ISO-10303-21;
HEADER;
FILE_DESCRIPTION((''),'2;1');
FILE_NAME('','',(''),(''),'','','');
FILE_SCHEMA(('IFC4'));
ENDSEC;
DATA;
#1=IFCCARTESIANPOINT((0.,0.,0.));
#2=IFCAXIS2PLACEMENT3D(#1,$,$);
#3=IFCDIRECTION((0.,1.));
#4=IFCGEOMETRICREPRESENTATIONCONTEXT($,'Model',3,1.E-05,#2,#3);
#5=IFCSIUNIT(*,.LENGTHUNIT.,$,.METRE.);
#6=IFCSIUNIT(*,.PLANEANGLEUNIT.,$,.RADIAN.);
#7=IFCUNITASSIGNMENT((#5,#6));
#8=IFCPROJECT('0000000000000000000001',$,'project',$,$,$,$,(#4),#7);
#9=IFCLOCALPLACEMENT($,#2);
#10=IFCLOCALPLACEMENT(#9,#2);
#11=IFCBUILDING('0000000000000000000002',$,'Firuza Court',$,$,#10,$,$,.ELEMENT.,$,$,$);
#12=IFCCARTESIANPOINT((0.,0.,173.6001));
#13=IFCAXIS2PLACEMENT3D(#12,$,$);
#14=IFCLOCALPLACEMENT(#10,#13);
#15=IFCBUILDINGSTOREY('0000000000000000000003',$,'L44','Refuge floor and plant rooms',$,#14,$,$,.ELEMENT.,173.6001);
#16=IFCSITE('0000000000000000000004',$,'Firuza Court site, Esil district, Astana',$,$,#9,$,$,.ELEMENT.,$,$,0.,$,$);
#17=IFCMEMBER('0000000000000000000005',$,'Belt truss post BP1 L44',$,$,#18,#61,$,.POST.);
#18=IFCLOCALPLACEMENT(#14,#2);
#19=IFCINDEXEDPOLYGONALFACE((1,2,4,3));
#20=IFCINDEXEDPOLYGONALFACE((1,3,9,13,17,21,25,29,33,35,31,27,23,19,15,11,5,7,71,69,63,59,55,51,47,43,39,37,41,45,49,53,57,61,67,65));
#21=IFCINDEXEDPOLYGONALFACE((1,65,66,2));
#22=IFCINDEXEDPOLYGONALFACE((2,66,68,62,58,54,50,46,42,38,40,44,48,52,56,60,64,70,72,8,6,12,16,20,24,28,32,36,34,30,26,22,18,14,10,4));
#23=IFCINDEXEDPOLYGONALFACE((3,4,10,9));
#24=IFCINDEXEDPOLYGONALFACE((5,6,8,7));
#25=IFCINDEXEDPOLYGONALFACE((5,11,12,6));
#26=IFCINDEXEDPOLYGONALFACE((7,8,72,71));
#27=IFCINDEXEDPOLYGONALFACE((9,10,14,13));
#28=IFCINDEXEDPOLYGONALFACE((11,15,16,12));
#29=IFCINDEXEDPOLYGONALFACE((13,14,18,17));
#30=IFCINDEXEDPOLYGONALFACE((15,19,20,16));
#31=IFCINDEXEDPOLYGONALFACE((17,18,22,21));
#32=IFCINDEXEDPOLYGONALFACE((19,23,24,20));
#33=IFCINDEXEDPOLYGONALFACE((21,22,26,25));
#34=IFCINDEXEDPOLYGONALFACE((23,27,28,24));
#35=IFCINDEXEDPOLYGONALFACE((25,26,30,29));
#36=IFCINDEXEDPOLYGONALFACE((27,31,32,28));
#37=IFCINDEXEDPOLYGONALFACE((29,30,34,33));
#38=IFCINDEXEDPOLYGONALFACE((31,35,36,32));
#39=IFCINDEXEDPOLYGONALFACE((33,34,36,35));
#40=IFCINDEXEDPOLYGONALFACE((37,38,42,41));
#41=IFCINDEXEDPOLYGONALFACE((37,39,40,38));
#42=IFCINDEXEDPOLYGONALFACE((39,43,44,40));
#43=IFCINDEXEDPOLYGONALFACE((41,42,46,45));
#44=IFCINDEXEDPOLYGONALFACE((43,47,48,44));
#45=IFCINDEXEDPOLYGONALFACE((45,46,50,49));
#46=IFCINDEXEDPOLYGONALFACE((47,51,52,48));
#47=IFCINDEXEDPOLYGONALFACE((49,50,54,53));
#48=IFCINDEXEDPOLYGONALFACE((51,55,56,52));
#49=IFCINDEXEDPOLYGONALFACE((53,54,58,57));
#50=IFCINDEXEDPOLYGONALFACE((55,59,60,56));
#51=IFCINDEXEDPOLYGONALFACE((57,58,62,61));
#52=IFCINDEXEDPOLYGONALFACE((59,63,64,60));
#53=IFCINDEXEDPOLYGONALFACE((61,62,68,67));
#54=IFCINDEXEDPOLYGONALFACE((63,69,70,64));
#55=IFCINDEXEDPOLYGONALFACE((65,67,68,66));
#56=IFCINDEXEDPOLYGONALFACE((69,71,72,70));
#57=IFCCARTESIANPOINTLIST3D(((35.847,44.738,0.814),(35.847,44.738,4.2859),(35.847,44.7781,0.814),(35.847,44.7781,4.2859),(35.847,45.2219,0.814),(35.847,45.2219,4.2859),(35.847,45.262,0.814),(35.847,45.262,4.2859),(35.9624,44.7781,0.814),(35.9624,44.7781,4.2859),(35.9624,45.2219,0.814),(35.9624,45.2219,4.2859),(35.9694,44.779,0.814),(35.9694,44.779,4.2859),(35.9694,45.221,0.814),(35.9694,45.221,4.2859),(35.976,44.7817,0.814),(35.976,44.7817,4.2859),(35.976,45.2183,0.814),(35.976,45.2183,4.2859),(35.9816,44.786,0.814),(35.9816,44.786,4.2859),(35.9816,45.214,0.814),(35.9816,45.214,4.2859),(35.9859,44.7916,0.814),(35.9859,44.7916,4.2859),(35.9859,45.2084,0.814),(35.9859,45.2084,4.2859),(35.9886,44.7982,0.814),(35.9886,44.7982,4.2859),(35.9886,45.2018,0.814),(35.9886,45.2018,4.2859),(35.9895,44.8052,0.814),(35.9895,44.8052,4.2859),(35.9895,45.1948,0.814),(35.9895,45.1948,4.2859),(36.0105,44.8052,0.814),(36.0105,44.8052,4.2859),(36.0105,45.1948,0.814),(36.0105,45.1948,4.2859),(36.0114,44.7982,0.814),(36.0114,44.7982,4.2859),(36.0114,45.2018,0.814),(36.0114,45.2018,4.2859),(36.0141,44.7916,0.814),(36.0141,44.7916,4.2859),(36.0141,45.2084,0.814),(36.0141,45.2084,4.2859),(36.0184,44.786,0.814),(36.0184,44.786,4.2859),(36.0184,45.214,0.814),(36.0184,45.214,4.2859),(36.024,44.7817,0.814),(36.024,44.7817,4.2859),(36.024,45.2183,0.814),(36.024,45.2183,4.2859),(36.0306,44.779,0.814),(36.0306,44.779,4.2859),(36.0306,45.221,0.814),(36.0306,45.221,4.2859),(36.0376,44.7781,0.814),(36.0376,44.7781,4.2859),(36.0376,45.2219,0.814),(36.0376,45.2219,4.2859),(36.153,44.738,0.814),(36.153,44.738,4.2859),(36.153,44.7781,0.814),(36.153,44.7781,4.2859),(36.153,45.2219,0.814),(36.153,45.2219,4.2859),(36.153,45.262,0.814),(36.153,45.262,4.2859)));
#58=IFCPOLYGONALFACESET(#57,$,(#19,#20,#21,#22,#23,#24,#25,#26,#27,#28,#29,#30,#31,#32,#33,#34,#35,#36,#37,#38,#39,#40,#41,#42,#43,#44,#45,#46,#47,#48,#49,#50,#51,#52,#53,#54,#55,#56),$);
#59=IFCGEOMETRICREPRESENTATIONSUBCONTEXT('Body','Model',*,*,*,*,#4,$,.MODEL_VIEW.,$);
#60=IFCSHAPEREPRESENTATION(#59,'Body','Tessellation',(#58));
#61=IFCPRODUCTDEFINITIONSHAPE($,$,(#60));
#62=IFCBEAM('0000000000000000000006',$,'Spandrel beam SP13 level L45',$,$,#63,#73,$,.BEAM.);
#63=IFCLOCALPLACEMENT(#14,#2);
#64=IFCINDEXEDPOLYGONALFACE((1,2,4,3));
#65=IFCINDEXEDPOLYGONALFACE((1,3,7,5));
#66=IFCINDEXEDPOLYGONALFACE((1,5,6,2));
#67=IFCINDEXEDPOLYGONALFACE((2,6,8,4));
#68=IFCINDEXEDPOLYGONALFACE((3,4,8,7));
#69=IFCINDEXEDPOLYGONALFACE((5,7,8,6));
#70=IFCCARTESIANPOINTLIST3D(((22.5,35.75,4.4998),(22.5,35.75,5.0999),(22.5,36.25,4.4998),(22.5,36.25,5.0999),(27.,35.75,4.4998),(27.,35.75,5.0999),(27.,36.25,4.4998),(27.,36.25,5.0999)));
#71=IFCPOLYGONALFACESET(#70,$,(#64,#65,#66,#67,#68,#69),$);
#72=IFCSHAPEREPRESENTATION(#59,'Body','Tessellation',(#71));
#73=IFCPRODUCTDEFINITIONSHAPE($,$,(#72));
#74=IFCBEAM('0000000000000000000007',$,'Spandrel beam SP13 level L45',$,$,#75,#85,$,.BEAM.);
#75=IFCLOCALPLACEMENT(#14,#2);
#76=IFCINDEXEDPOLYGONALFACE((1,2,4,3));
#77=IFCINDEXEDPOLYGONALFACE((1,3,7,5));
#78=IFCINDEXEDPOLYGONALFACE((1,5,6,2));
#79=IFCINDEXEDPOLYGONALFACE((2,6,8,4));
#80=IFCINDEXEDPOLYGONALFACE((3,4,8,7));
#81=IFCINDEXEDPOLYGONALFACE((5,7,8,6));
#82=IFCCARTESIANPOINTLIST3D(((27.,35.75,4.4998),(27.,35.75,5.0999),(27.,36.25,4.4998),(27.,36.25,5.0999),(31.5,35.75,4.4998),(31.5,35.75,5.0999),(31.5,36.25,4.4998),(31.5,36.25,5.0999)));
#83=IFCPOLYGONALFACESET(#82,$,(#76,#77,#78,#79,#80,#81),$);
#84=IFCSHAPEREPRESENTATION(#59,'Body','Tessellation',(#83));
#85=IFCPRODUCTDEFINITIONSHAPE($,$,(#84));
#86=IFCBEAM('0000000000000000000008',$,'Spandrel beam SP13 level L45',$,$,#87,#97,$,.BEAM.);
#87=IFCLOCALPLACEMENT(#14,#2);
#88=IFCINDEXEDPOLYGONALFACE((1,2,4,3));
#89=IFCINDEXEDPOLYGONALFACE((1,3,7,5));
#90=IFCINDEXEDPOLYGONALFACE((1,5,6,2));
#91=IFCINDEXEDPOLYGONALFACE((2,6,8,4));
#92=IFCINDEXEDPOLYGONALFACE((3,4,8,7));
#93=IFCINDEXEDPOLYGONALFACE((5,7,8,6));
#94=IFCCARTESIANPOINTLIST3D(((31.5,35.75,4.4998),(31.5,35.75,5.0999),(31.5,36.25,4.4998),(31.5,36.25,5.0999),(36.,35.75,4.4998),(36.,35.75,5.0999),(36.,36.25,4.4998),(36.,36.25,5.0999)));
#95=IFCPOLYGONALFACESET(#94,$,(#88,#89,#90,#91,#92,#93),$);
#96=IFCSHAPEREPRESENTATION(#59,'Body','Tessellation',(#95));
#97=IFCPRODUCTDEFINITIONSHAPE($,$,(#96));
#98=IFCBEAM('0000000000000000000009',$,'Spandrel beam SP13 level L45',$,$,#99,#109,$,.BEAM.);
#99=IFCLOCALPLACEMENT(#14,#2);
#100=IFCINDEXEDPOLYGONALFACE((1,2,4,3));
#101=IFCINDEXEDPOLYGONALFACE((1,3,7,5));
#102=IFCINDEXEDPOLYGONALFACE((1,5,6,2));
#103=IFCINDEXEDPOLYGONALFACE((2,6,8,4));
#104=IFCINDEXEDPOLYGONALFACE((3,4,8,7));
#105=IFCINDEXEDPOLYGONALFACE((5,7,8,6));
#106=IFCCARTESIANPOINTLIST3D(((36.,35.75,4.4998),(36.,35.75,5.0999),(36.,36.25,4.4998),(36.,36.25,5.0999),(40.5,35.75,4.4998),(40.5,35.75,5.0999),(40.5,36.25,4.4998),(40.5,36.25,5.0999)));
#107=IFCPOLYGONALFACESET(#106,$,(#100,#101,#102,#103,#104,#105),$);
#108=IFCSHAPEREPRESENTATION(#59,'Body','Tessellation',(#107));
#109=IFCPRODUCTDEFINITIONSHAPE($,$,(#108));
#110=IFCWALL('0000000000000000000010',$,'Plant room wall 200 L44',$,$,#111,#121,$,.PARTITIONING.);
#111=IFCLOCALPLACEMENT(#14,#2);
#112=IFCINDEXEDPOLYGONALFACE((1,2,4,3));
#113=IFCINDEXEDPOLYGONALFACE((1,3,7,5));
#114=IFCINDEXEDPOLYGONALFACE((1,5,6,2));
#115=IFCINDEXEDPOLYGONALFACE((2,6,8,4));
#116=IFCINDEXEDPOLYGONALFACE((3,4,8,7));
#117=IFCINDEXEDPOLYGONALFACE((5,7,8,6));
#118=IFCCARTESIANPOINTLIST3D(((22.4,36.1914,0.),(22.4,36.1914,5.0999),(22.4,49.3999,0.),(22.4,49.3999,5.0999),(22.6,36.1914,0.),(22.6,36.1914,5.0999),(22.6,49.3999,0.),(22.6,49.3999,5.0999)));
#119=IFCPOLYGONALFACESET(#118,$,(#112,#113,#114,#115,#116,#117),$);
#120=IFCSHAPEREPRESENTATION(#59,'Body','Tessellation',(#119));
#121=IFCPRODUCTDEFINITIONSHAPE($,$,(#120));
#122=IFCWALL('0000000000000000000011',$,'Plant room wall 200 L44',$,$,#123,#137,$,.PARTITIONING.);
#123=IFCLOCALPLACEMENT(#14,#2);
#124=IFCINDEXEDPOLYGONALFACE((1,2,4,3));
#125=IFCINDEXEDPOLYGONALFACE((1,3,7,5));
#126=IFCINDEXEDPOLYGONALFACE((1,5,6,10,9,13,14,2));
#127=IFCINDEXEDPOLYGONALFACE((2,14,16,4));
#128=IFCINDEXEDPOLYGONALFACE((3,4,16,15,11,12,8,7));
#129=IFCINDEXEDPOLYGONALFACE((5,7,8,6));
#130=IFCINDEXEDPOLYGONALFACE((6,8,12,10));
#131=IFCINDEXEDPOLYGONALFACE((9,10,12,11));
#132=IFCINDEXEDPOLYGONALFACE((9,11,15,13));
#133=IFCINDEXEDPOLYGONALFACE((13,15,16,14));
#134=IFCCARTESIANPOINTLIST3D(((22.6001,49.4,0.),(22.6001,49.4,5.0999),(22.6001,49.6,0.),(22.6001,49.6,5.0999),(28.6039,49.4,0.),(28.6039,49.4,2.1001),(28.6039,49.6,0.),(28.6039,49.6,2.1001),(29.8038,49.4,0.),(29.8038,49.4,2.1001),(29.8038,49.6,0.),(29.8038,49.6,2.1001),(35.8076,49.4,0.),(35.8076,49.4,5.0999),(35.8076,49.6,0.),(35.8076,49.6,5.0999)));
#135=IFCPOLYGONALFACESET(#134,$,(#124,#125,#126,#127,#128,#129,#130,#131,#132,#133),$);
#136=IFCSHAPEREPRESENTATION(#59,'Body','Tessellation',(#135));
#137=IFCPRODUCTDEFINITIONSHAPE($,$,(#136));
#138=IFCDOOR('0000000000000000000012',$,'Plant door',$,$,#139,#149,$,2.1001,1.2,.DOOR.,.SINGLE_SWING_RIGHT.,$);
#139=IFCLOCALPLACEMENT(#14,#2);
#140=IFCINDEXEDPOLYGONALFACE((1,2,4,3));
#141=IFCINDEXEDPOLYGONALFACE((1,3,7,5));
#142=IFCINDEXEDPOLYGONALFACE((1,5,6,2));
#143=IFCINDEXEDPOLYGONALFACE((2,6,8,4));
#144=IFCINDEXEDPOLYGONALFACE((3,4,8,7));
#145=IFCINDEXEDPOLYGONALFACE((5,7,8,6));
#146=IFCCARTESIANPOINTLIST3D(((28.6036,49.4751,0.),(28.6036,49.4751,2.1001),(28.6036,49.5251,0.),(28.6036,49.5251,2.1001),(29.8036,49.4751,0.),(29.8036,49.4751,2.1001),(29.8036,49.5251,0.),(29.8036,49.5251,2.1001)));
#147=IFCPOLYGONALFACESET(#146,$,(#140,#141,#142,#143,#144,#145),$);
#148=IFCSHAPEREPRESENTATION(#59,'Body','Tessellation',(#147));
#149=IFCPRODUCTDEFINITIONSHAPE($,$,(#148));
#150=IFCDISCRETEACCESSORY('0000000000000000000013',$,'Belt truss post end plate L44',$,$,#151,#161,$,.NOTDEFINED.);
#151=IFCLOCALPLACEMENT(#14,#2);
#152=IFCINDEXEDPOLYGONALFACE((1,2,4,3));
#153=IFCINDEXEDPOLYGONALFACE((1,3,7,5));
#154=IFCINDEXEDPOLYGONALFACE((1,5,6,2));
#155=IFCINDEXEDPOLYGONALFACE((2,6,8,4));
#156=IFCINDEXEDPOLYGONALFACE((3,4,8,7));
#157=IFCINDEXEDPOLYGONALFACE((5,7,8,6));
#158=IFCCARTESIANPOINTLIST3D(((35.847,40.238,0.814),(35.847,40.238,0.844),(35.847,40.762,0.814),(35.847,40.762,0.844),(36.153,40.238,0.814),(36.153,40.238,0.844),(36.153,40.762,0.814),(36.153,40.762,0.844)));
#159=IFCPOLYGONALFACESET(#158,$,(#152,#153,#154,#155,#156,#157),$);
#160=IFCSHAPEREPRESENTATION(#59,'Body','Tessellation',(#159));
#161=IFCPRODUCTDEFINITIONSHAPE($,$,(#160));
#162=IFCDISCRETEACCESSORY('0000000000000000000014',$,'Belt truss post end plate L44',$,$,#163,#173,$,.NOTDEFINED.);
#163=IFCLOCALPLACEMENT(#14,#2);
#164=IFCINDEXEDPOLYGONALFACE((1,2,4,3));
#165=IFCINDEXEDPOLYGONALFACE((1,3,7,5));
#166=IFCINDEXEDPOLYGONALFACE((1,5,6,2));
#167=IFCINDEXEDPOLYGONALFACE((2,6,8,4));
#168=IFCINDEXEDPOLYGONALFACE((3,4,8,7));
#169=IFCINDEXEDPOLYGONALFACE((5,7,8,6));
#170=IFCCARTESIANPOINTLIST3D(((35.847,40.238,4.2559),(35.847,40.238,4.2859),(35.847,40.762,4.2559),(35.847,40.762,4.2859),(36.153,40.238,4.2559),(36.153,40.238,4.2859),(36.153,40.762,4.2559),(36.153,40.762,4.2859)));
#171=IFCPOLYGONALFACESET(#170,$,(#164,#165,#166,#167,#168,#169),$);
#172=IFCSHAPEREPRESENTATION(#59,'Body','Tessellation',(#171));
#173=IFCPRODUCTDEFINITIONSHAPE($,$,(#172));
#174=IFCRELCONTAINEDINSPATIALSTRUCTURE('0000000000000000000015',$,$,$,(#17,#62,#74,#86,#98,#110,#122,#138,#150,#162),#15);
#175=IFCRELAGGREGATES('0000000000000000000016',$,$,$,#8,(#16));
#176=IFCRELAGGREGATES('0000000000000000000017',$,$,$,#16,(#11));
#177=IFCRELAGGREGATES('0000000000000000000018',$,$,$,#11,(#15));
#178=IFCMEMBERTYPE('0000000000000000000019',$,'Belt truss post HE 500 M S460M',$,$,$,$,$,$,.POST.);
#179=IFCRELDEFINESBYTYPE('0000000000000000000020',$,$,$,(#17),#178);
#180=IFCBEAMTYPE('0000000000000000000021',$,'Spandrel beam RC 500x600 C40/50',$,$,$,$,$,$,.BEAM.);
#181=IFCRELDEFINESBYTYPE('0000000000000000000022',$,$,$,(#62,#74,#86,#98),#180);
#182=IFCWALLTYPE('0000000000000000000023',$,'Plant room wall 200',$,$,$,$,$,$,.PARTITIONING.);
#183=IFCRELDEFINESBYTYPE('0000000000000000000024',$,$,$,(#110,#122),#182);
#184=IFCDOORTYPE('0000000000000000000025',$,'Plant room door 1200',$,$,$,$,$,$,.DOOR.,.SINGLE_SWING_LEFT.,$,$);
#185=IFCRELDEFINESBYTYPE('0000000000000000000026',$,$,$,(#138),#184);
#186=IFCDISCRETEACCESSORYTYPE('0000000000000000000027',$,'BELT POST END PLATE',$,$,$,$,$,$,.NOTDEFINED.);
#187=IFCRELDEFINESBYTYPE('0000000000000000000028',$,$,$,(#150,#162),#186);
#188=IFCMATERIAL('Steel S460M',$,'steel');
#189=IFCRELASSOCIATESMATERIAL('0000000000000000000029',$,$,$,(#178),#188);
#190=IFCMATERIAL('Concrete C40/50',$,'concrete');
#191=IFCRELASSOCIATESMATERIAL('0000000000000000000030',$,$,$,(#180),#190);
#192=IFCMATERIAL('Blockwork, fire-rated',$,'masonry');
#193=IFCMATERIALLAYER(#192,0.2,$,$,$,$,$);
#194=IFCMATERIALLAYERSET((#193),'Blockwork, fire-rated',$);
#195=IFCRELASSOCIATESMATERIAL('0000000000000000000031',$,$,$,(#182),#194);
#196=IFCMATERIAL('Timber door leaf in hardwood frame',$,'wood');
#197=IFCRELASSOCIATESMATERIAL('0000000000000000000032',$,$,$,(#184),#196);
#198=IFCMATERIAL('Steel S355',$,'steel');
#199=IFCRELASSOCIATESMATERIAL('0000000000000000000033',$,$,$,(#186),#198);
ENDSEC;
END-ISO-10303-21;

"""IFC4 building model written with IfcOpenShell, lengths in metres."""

from ifc_helpers import new_model, si_unit, direction, frame, frame_2d, origin, origin_2d, place, context, subcontext, project, spatial, rectangle, i_section, extrude, material, layer, layer_set, material_profile, profile_set, type_object, element, fill, save


model = new_model("IFC4")

# Units and contexts
model_context = context("Model", 3, precision=1e-05, world=origin(), true_north=direction((0.0, 1.0)))
body_context = subcontext(model_context, "Body", "Model", "MODEL_VIEW")
ifc_project = project(units=[si_unit("LENGTHUNIT", "METRE"), si_unit("PLANEANGLEUNIT", "RADIAN")], contexts=[model_context])

# Site, building, storey
site_placement = place(None, origin())
site = spatial("IfcSite", under=ifc_project, at=site_placement, Name="Firuza Court site, Esil district, Astana", CompositionType="ELEMENT", RefElevation=0.0)
building_placement = place(site_placement, origin())
building = spatial("IfcBuilding", under=site, at=building_placement, Name="Firuza Court", CompositionType="ELEMENT")
storey_placement = place(building_placement, frame((0.0, 0.0, 173.6001)))
storey = spatial("IfcBuildingStorey", under=building, at=storey_placement, Name="L44", Description="Refuge floor and plant rooms", CompositionType="ELEMENT", Elevation=173.6001)

# Member
ifc_material_1 = material(Name="Steel S460M", Category="steel")
ifc_material_profile_1 = material_profile(ifc_material_1, i_section(OverallWidth=0.3059, OverallDepth=0.5239, WebThickness=0.021, FlangeThickness=0.04, FilletRadius=0.0271, at=origin_2d()), Name="HE 500 M")
ifc_profile_set_1 = profile_set([ifc_material_profile_1], Name="Steel S460M")
member_type_1 = type_object("IfcMemberType", Name="Belt truss post HE 500 M S460M", PredefinedType="POST", material=ifc_profile_set_1)
for number, where, z_axis, x_axis, name in (
    (1, (36.0, 45.0, 0.814), (0.0, 0.0, 1.0), (1.0, 0.0, 0.0), "Belt truss post BP1 L44"),
):
    element("IfcMember", number, at=place(storey_placement, frame(where, z_axis=z_axis, x_axis=x_axis)), inside=storey, type_object=member_type_1, Name=name, PredefinedType="POST", context=body_context, shape_type="SweptSolid", body=[
        extrude(i_section(OverallWidth=0.3059, OverallDepth=0.5239, WebThickness=0.021, FlangeThickness=0.04, FilletRadius=0.0271, at=origin_2d()), origin(), (0.0, 0.0, 1.0), 3.4719),
    ])

# Beams
ifc_material_2 = material(Name="Concrete C40/50", Category="concrete")
ifc_material_profile_2 = material_profile(ifc_material_2, rectangle(XDim=0.5, YDim=0.6001, at=origin_2d()), Name="RC 500x600")
ifc_profile_set_2 = profile_set([ifc_material_profile_2], Name="Concrete C40/50")
beam_type_1 = type_object("IfcBeamType", Name="Spandrel beam RC 500x600 C40/50", PredefinedType="BEAM", material=ifc_profile_set_2)
for number, where, z_axis, x_axis, name in (
    (2, (22.5, 36.0, 4.7998), (1.0, 0.0, 0.0), (0.0, 1.0, 0.0), "Spandrel beam SP13 level L45"),
    (3, (27.0, 36.0, 4.7998), (1.0, 0.0, 0.0), (0.0, 1.0, 0.0), "Spandrel beam SP13 level L45"),
    (4, (31.5, 36.0, 4.7998), (1.0, 0.0, 0.0), (0.0, 1.0, 0.0), "Spandrel beam SP13 level L45"),
    (5, (36.0, 36.0, 4.7998), (1.0, 0.0, 0.0), (0.0, 1.0, 0.0), "Spandrel beam SP13 level L45"),
):
    element("IfcBeam", number, at=place(storey_placement, frame(where, z_axis=z_axis, x_axis=x_axis)), inside=storey, type_object=beam_type_1, Name=name, PredefinedType="BEAM", context=body_context, shape_type="SweptSolid", body=[
        extrude(rectangle(XDim=0.5, YDim=0.6001, at=origin_2d()), origin(), (0.0, 0.0, 1.0), 4.5),
    ])

# Wall
ifc_material_3 = material(Name="Blockwork, fire-rated", Category="masonry")
ifc_layer = layer(ifc_material_3, 0.2)
ifc_layer_set = layer_set([ifc_layer], Name="Blockwork, fire-rated")
wall_type = type_object("IfcWallType", Name="Plant room wall 200", PredefinedType="PARTITIONING", material=ifc_layer_set)
wall_1_placement = place(storey_placement, frame((22.5, 36.1914, 0.0), z_axis=(0.0, 0.0, 1.0), x_axis=(0.0, 1.0, 0.0)))
element("IfcWall", 6, at=wall_1_placement, inside=storey, type_object=wall_type, Name="Plant room wall 200 L44", PredefinedType="PARTITIONING", context=body_context, shape_type="SweptSolid", body=[
    extrude(rectangle(XDim=13.2085, YDim=0.2, at=frame_2d((6.6042, 0.0))), origin(), (0.0, 0.0, 1.0), 5.0999),
])

# Wall, opening, door
wall_2_placement = place(storey_placement, frame((22.6001, 49.5, 0.0), z_axis=(0.0, 0.0, 1.0), x_axis=(1.0, 0.0, 0.0)))
wall_2 = element("IfcWall", 7, at=wall_2_placement, inside=storey, type_object=wall_type, Name="Plant room wall 200 L44", PredefinedType="PARTITIONING", context=body_context, shape_type="SweptSolid", body=[
    extrude(rectangle(XDim=13.2075, YDim=0.2, at=frame_2d((6.6038, 0.0))), origin(), (0.0, 0.0, 1.0), 5.0999),
])
opening_placement = place(wall_2_placement, frame((6.0037, 0.0, 0.0)))
opening = element("IfcOpeningElement", 8, at=opening_placement, cuts=wall_2, PredefinedType="OPENING", context=body_context, shape_type="SweptSolid", body=[
    extrude(rectangle(XDim=1.2, YDim=2.1001, at=frame_2d((0.6001, 1.05))), frame((0.0, 0.1118, 0.0), z_axis=(0.0, -1.0, 0.0), x_axis=(1.0, 0.0, 0.0)), (0.0, 0.0, 1.0), 0.2239),
])
ifc_material_4 = material(Name="Timber door leaf in hardwood frame", Category="wood")
door_type = type_object("IfcDoorType", Name="Plant room door 1200", OperationType="SINGLE_SWING_LEFT", PredefinedType="DOOR", material=ifc_material_4)
door_placement = place(opening_placement, frame((1.2, 0.0, 0.0), z_axis=(0.0, 0.0, 1.0), x_axis=(-1.0, 0.0, 0.0)))
door = element("IfcDoor", 9, at=door_placement, inside=storey, type_object=door_type, Name="Plant door", OperationType="SINGLE_SWING_RIGHT", OverallHeight=2.1001, OverallWidth=1.2, PredefinedType="DOOR", context=body_context, shape_type="SweptSolid", body=[
    extrude(rectangle(XDim=1.2, YDim=2.1001, at=frame_2d((0.6001, 1.05))), frame((0.0, 0.0249, 0.0), z_axis=(0.0, -1.0, 0.0), x_axis=(1.0, 0.0, 0.0)), (0.0, 0.0, 1.0), 0.05),
])
fill(opening, door)

# Discrete accessories
ifc_material_5 = material(Name="Steel S355", Category="steel")
ifc_material_profile_3 = material_profile(ifc_material_5, rectangle(XDim=0.3059, YDim=0.5239, at=origin_2d()), Name="PL 306X524")
ifc_profile_set_3 = profile_set([ifc_material_profile_3], Name="Steel S355")
discrete_accessory_type = type_object("IfcDiscreteAccessoryType", Name="BELT POST END PLATE", PredefinedType="NOTDEFINED", material=ifc_profile_set_3)
for number, where, z_axis, x_axis, name in (
    (10, (36.0, 40.5, 0.814), (0.0, 0.0, 1.0), (1.0, 0.0, 0.0), "Belt truss post end plate L44"),
    (11, (36.0, 40.5, 4.2559), (0.0, 0.0, 1.0), (1.0, 0.0, 0.0), "Belt truss post end plate L44"),
):
    element("IfcDiscreteAccessory", number, at=place(storey_placement, frame(where, z_axis=z_axis, x_axis=x_axis)), inside=storey, type_object=discrete_accessory_type, Name=name, PredefinedType="NOTDEFINED", context=body_context, shape_type="SweptSolid", body=[
        extrude(rectangle(XDim=0.3059, YDim=0.5239, at=origin_2d()), origin(), (0.0, 0.0, 1.0), 0.03),
    ])

save(model, "model.ifc")
